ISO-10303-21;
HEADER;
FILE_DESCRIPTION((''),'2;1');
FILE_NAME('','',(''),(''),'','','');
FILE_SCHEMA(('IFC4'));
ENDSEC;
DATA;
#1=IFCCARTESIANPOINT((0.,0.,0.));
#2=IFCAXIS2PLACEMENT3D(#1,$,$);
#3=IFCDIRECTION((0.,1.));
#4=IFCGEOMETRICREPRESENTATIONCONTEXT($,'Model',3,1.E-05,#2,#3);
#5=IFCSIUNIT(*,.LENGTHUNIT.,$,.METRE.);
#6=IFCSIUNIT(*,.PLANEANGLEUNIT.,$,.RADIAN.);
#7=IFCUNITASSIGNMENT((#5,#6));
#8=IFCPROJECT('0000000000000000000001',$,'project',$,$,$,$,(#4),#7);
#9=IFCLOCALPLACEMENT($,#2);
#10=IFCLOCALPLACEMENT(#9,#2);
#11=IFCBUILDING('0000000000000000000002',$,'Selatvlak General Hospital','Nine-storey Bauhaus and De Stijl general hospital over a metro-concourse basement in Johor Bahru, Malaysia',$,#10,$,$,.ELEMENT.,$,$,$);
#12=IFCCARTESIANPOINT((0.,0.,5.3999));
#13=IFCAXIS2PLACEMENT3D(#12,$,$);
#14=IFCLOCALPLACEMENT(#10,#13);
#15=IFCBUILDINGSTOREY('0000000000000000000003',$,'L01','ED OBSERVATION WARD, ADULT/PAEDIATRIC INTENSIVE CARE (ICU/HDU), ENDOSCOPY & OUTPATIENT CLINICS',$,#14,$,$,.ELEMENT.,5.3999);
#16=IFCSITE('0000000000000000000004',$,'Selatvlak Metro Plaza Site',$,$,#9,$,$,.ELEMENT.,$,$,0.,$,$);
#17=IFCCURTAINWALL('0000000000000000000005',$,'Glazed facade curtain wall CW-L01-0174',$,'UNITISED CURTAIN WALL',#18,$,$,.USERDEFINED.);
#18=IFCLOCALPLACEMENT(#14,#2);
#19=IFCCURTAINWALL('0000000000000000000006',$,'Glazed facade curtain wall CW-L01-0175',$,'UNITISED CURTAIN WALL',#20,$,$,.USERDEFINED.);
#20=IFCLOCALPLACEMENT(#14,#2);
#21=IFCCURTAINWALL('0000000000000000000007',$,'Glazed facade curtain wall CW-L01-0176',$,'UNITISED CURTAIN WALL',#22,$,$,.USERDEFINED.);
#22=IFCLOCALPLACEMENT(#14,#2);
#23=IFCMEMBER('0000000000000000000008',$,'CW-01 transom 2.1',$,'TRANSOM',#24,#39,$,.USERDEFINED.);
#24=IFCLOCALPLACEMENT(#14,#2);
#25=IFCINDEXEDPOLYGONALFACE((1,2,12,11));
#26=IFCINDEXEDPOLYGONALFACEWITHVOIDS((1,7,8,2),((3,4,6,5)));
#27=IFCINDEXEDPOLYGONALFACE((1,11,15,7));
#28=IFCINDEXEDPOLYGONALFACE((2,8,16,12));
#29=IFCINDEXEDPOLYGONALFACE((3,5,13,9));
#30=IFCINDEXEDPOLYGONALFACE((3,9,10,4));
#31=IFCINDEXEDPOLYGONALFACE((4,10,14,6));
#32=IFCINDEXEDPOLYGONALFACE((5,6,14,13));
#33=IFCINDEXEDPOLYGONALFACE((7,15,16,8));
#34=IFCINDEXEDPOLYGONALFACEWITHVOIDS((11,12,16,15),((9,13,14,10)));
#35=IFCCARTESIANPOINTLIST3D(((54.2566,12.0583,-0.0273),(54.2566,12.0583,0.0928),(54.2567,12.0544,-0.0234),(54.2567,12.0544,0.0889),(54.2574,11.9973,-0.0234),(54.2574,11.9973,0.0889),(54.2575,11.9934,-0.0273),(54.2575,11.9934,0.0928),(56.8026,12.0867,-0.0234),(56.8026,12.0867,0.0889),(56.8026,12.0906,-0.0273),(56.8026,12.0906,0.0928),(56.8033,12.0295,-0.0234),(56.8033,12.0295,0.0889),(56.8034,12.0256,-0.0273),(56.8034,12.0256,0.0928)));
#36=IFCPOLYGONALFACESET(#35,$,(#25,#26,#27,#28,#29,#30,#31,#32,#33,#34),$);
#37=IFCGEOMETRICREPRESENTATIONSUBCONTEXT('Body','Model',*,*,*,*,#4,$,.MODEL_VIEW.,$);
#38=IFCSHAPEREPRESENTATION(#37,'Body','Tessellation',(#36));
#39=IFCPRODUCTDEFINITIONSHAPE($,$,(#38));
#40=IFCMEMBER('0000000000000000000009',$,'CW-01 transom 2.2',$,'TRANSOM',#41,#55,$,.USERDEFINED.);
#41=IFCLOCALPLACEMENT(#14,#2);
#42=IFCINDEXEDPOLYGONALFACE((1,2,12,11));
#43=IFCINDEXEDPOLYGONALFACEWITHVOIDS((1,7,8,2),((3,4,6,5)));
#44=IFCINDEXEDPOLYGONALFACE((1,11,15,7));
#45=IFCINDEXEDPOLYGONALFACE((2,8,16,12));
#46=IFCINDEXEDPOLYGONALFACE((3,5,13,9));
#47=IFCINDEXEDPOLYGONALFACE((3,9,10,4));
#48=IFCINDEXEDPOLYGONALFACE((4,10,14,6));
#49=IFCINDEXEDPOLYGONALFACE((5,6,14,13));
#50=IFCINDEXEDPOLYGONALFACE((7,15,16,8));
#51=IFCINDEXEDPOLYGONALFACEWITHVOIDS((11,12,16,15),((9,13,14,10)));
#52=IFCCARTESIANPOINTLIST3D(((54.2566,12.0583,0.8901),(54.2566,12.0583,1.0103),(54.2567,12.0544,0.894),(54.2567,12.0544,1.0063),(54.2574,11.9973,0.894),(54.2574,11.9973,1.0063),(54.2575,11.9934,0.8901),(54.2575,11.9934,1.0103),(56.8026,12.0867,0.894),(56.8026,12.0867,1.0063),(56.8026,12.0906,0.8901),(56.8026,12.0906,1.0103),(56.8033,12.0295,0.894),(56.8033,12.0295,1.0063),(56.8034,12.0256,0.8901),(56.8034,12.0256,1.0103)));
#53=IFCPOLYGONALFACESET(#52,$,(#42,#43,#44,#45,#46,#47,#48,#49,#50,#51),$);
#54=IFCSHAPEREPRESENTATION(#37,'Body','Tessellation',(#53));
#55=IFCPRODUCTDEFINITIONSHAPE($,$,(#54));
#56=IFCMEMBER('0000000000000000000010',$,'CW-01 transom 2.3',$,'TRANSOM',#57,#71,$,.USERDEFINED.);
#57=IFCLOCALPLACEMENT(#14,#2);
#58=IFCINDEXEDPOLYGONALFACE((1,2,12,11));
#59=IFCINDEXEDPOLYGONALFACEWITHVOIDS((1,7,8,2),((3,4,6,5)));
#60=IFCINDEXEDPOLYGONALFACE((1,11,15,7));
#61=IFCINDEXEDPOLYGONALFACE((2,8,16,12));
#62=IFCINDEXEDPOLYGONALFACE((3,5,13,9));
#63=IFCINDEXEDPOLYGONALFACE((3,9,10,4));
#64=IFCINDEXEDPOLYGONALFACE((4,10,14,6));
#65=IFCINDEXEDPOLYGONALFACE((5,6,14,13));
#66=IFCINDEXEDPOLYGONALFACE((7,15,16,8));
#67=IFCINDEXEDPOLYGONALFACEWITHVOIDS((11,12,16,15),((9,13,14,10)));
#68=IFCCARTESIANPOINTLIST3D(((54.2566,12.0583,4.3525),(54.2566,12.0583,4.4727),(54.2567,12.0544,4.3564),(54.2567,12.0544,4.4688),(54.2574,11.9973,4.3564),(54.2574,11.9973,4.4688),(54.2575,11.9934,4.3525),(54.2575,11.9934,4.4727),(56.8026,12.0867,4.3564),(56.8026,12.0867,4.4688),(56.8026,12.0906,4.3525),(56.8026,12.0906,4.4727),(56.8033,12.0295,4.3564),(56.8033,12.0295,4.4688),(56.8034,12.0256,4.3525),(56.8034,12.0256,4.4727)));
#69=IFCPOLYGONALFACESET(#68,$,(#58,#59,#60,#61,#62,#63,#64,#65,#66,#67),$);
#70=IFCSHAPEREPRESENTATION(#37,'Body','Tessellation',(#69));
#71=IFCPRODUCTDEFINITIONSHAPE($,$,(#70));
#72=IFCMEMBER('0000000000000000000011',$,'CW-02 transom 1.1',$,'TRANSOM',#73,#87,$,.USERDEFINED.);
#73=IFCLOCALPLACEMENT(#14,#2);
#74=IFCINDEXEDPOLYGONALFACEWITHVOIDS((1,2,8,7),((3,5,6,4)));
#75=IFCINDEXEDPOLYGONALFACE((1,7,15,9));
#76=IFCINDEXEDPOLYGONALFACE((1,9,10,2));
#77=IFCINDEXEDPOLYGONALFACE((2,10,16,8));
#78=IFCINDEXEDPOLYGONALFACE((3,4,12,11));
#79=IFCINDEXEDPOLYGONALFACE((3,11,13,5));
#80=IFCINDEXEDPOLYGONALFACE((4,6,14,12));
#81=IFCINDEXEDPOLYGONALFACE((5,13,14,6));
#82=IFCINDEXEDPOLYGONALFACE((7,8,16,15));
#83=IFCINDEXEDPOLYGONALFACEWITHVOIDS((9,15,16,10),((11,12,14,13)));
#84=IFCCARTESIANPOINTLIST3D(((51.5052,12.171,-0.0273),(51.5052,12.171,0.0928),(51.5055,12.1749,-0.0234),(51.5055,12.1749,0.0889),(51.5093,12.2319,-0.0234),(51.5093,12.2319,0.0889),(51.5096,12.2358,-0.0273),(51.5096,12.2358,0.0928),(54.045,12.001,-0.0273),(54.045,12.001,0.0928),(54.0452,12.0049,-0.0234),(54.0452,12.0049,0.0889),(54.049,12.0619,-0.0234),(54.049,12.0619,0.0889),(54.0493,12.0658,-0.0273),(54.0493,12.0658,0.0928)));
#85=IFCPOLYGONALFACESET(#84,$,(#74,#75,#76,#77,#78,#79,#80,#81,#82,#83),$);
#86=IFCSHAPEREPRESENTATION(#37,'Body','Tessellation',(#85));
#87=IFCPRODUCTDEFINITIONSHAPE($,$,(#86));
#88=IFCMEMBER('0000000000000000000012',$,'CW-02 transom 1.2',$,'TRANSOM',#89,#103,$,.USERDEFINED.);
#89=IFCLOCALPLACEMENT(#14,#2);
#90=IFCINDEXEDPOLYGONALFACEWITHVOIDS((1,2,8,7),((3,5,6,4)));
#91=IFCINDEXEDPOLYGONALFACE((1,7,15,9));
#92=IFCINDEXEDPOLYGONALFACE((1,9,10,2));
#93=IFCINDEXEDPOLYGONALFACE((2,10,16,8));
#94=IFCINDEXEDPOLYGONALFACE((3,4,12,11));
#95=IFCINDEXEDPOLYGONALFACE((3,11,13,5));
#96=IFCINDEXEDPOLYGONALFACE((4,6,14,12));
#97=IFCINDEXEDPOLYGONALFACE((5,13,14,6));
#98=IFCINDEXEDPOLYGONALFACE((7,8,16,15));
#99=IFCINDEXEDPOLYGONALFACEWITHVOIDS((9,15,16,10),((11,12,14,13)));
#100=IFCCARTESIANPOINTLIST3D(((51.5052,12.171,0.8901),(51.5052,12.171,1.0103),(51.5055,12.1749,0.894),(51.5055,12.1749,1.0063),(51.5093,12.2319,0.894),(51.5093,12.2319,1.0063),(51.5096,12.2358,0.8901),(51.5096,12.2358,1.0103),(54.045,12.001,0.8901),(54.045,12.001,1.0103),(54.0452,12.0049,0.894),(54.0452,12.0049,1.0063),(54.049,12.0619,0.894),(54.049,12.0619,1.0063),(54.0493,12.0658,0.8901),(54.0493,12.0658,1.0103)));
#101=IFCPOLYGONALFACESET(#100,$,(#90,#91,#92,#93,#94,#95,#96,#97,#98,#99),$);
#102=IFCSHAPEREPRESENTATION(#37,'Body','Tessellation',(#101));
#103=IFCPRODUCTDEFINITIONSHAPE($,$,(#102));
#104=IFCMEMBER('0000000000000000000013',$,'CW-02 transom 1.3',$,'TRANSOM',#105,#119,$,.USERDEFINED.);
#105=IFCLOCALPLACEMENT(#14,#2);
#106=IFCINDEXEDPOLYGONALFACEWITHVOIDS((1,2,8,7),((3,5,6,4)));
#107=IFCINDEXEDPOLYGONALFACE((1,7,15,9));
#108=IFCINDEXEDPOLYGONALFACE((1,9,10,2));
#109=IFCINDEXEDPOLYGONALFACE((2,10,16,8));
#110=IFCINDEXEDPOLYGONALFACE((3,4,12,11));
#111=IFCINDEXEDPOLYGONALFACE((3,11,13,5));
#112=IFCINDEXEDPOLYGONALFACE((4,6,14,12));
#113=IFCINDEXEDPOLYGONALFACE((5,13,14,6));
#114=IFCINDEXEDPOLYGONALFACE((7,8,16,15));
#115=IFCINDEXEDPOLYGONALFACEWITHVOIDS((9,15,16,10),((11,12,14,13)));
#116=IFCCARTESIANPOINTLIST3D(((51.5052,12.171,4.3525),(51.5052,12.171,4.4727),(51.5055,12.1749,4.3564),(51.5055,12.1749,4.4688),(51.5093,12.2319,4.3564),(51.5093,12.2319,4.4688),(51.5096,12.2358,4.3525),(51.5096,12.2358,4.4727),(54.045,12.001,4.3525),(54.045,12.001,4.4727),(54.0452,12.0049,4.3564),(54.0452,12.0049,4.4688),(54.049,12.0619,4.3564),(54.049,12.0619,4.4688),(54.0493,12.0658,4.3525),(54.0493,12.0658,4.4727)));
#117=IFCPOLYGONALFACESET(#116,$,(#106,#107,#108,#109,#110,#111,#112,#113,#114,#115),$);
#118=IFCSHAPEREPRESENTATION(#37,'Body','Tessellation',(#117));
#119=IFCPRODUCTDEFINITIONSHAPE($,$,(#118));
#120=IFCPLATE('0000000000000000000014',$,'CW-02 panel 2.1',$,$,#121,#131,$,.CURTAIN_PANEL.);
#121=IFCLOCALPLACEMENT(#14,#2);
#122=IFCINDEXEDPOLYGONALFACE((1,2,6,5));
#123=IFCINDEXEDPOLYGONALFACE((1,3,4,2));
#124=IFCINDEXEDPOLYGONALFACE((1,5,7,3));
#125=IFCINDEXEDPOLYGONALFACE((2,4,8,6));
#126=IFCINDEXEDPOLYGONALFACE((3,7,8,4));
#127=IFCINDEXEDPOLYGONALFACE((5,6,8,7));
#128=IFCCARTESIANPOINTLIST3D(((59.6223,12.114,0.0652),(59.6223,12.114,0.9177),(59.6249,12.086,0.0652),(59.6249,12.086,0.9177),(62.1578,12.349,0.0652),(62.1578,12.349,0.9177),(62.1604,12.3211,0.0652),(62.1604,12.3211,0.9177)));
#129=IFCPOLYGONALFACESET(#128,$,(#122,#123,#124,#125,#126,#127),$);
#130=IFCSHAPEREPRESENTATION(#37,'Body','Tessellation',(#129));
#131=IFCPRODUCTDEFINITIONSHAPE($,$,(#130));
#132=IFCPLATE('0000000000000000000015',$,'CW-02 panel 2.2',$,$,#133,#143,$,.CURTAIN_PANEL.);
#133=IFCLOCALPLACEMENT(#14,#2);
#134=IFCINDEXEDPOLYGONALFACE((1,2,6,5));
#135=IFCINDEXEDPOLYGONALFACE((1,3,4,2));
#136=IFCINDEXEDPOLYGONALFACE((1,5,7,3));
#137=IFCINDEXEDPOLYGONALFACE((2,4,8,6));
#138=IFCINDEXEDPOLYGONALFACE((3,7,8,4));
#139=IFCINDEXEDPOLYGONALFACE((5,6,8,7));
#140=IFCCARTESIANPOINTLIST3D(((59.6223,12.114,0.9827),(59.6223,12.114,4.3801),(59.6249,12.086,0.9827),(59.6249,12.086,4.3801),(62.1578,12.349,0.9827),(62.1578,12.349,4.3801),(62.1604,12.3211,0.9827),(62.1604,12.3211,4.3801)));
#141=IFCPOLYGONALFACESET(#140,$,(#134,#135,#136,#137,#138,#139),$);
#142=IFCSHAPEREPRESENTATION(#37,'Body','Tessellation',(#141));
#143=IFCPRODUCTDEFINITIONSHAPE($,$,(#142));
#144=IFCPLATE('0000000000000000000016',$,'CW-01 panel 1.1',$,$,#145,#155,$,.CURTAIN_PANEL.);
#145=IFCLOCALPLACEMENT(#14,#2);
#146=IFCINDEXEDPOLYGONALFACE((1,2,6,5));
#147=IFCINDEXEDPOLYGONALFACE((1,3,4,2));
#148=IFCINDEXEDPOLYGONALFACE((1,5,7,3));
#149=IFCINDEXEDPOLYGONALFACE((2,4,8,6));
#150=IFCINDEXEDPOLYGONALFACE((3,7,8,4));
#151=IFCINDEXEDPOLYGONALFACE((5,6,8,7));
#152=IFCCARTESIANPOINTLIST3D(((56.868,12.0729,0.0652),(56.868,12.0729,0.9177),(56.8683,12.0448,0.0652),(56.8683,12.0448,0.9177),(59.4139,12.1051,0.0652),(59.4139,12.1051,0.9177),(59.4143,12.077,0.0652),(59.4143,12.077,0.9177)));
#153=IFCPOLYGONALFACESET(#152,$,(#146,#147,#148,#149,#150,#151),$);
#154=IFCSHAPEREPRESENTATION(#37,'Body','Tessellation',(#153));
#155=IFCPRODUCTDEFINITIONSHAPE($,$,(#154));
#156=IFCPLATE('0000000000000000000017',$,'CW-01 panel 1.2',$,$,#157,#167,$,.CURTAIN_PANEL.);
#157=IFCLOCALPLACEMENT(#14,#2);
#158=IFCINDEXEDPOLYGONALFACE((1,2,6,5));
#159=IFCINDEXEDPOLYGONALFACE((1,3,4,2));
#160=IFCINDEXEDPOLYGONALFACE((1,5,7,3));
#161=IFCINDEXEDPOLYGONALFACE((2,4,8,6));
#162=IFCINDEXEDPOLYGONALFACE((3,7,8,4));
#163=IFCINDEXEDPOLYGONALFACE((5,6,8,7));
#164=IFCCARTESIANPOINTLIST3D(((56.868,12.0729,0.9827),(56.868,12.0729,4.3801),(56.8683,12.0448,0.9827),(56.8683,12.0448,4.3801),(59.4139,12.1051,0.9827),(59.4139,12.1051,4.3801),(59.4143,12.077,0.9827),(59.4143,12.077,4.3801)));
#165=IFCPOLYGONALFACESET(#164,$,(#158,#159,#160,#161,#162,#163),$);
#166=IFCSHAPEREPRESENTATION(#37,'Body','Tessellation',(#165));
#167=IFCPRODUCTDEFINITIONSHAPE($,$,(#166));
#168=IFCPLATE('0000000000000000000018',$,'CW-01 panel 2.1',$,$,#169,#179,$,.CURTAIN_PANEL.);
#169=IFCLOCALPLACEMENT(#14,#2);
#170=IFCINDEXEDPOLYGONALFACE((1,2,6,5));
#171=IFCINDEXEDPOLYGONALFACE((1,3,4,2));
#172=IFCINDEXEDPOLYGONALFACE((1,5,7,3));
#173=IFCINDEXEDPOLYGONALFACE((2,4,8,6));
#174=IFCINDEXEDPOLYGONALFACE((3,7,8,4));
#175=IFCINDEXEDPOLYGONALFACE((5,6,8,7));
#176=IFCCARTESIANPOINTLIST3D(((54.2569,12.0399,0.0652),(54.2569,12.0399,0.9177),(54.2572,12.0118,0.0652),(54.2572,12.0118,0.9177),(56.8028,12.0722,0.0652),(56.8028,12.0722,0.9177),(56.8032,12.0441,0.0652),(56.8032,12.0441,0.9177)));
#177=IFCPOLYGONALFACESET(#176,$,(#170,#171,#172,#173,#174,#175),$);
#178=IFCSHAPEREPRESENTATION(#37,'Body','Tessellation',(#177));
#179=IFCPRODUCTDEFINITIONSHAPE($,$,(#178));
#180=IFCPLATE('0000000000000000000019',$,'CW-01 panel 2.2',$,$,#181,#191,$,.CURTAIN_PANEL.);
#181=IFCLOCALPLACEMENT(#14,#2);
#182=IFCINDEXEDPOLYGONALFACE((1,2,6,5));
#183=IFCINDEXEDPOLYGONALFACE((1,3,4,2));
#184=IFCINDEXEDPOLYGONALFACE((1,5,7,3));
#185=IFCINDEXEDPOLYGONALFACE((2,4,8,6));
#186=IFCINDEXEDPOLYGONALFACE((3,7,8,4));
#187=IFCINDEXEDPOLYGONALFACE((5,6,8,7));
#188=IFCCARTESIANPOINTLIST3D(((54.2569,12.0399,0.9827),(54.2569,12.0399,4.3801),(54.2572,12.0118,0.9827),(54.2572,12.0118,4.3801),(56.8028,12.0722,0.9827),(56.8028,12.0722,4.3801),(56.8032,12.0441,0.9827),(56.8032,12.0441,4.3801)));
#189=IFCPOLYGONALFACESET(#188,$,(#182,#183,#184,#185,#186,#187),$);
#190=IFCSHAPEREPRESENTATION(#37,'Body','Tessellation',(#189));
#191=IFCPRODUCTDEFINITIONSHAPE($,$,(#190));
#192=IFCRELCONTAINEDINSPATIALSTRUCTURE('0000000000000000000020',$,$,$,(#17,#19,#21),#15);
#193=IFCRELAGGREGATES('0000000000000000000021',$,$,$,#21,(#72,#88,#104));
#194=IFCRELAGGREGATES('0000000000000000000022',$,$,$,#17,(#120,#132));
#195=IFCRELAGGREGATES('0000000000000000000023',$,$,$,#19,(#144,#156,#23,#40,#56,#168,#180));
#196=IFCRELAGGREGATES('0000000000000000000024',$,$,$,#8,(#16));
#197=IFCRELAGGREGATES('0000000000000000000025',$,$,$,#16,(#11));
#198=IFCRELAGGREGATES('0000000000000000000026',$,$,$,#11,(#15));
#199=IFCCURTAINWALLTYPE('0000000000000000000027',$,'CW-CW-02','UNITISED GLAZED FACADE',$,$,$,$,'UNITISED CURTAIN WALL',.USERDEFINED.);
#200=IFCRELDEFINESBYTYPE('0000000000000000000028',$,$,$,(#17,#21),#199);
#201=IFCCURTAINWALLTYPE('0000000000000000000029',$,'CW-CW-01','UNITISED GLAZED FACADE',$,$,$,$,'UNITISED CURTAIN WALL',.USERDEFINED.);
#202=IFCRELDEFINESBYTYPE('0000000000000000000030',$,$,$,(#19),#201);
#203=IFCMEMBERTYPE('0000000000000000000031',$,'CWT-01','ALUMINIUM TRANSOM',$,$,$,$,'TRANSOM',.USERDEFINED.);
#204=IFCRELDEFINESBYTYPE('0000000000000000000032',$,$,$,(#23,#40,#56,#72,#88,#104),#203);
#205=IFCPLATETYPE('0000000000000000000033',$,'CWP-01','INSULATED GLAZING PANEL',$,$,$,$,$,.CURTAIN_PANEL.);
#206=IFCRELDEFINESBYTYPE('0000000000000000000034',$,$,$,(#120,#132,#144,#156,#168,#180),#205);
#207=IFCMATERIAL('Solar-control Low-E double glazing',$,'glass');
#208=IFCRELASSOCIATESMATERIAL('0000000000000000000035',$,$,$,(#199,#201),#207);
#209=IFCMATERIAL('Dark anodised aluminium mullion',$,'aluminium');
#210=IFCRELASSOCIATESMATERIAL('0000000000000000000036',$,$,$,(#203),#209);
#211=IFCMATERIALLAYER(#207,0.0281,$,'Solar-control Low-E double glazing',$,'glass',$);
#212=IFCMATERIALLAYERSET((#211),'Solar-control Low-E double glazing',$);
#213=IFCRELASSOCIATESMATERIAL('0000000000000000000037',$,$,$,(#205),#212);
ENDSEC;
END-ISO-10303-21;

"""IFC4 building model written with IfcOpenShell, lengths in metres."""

from ifc_helpers import new_model, si_unit, direction, frame, origin, origin_2d, place, context, subcontext, project, spatial, rectangle, hollow_rectangle, extrude, material, layer, layer_set, material_profile, profile_set, type_object, element, aggregate, save


model = new_model("IFC4")

# Units and contexts
model_context = context("Model", 3, precision=1e-05, world=origin(), true_north=direction((0.0, 1.0)))
body_context = subcontext(model_context, "Body", "Model", "MODEL_VIEW")
ifc_project = project(units=[si_unit("LENGTHUNIT", "METRE"), si_unit("PLANEANGLEUNIT", "RADIAN")], contexts=[model_context])

# Site, building, storey
site_placement = place(None, origin())
site = spatial("IfcSite", under=ifc_project, at=site_placement, Name="Selatvlak Metro Plaza Site", CompositionType="ELEMENT", RefElevation=0.0)
building_placement = place(site_placement, origin())
building = spatial("IfcBuilding", under=site, at=building_placement, Name="Selatvlak General Hospital", Description="Nine-storey Bauhaus and De Stijl general hospital over a metro-concourse basement in Johor Bahru, Malaysia", CompositionType="ELEMENT")
storey_placement = place(building_placement, frame((0.0, 0.0, 5.3999)))
storey = spatial("IfcBuildingStorey", under=building, at=storey_placement, Name="L01", Description="ED OBSERVATION WARD, ADULT/PAEDIATRIC INTENSIVE CARE (ICU/HDU), ENDOSCOPY & OUTPATIENT CLINICS", CompositionType="ELEMENT", Elevation=5.3999)

# Curtain wall
ifc_material_1 = material(Name="Solar-control Low-E double glazing", Category="glass")
curtain_wall_type_1 = type_object("IfcCurtainWallType", Name="CW-CW-02", Description="UNITISED GLAZED FACADE", ElementType="UNITISED CURTAIN WALL", PredefinedType="USERDEFINED", material=ifc_material_1)
curtain_wall_1_placement = place(storey_placement, origin())
curtain_wall_1 = element("IfcCurtainWall", 1, at=curtain_wall_1_placement, inside=storey, type_object=curtain_wall_type_1, Name="Glazed facade curtain wall CW-L01-0174", ObjectType="UNITISED CURTAIN WALL", PredefinedType="USERDEFINED")
ifc_material_2 = material(Name="Dark anodised aluminium mullion", Category="aluminium")

# Curtain wall
curtain_wall_type_2 = type_object("IfcCurtainWallType", Name="CW-CW-01", Description="UNITISED GLAZED FACADE", ElementType="UNITISED CURTAIN WALL", PredefinedType="USERDEFINED", material=ifc_material_1)
curtain_wall_2_placement = place(storey_placement, origin())
curtain_wall_2 = element("IfcCurtainWall", 2, at=curtain_wall_2_placement, inside=storey, type_object=curtain_wall_type_2, Name="Glazed facade curtain wall CW-L01-0175", ObjectType="UNITISED CURTAIN WALL", PredefinedType="USERDEFINED")

# Curtain wall
curtain_wall_3_placement = place(storey_placement, origin())
curtain_wall_3 = element("IfcCurtainWall", 3, at=curtain_wall_3_placement, inside=storey, type_object=curtain_wall_type_1, Name="Glazed facade curtain wall CW-L01-0176", ObjectType="UNITISED CURTAIN WALL", PredefinedType="USERDEFINED")

# Members
ifc_material_profile_1 = material_profile(ifc_material_2, hollow_rectangle(XDim=0.0649, YDim=0.1201, WallThickness=0.0039, at=origin_2d()), Name="AL-TRN 65x120x4")
ifc_profile_set_1 = profile_set([ifc_material_profile_1], Name="Dark anodised aluminium mullion")
member_type_1 = type_object("IfcMemberType", Name="CWT-01", Description="ALUMINIUM TRANSOM", ElementType="TRANSOM", PredefinedType="USERDEFINED", material=ifc_profile_set_1)
member_1_placement = place(storey_placement, frame((56.803, 12.0581, 0.0327), z_axis=(-0.99992, -0.012657, 0.0), x_axis=(0.012657, -0.99992, 0.0)))
member_1 = element("IfcMember", 4, at=member_1_placement, type_object=member_type_1, Name="CW-01 transom 2.1", ObjectType="TRANSOM", PredefinedType="USERDEFINED", context=body_context, shape_type="SweptSolid", body=[
    extrude(hollow_rectangle(XDim=0.0649, YDim=0.1201, WallThickness=0.0039, at=origin_2d()), origin(), (0.0, 0.0, 1.0), 2.5461),
])
member_2_placement = place(storey_placement, frame((56.803, 12.0581, 0.9502), z_axis=(-0.99992, -0.012657, 0.0), x_axis=(0.012657, -0.99992, 0.0)))
member_2 = element("IfcMember", 5, at=member_2_placement, type_object=member_type_1, Name="CW-01 transom 2.2", ObjectType="TRANSOM", PredefinedType="USERDEFINED", context=body_context, shape_type="SweptSolid", body=[
    extrude(hollow_rectangle(XDim=0.0649, YDim=0.1201, WallThickness=0.0039, at=origin_2d()), origin(), (0.0, 0.0, 1.0), 2.5461),
])
member_3_placement = place(storey_placement, frame((56.803, 12.0581, 4.4126), z_axis=(-0.99992, -0.012657, 0.0), x_axis=(0.012657, -0.99992, 0.0)))
member_3 = element("IfcMember", 6, at=member_3_placement, type_object=member_type_1, Name="CW-01 transom 2.3", ObjectType="TRANSOM", PredefinedType="USERDEFINED", context=body_context, shape_type="SweptSolid", body=[
    extrude(hollow_rectangle(XDim=0.0649, YDim=0.1201, WallThickness=0.0039, at=origin_2d()), origin(), (0.0, 0.0, 1.0), 2.5461),
])
member_4_placement = place(storey_placement, frame((54.0471, 12.0334, 0.0327), z_axis=(-0.997769, 0.066755, 0.0), x_axis=(-0.066755, -0.997769, 0.0)))
member_4 = element("IfcMember", 7, at=member_4_placement, type_object=member_type_1, Name="CW-02 transom 1.1", ObjectType="TRANSOM", PredefinedType="USERDEFINED", context=body_context, shape_type="SweptSolid", body=[
    extrude(hollow_rectangle(XDim=0.0649, YDim=0.1201, WallThickness=0.0039, at=origin_2d()), origin(), (0.0, 0.0, 1.0), 2.5454),
])
member_5_placement = place(storey_placement, frame((54.0471, 12.0334, 0.9502), z_axis=(-0.997769, 0.066755, 0.0), x_axis=(-0.066755, -0.997769, 0.0)))
member_5 = element("IfcMember", 8, at=member_5_placement, type_object=member_type_1, Name="CW-02 transom 1.2", ObjectType="TRANSOM", PredefinedType="USERDEFINED", context=body_context, shape_type="SweptSolid", body=[
    extrude(hollow_rectangle(XDim=0.0649, YDim=0.1201, WallThickness=0.0039, at=origin_2d()), origin(), (0.0, 0.0, 1.0), 2.5454),
])
member_6_placement = place(storey_placement, frame((54.0471, 12.0334, 4.4126), z_axis=(-0.997769, 0.066755, 0.0), x_axis=(-0.066755, -0.997769, 0.0)))
member_6 = element("IfcMember", 9, at=member_6_placement, type_object=member_type_1, Name="CW-02 transom 1.3", ObjectType="TRANSOM", PredefinedType="USERDEFINED", context=body_context, shape_type="SweptSolid", body=[
    extrude(hollow_rectangle(XDim=0.0649, YDim=0.1201, WallThickness=0.0039, at=origin_2d()), origin(), (0.0, 0.0, 1.0), 2.5454),
])
aggregate(curtain_wall_3, [member_4, member_5, member_6])

# Plates
ifc_layer_1 = layer(ifc_material_1, 0.0281, Name="Solar-control Low-E double glazing", Category="glass")
ifc_layer_set_1 = layer_set([ifc_layer_1], Name="Solar-control Low-E double glazing")
plate_type = type_object("IfcPlateType", Name="CWP-01", Description="INSULATED GLAZING PANEL", PredefinedType="CURTAIN_PANEL", material=ifc_layer_set_1)
plate_1_placement = place(storey_placement, frame((60.8914, 12.2175, 0.0652), z_axis=(0.0, 0.0, 1.0), x_axis=(-0.995732, -0.092292, 0.0)))
plate_1 = element("IfcPlate", 10, at=plate_1_placement, type_object=plate_type, Name="CW-02 panel 2.1", PredefinedType="CURTAIN_PANEL", context=body_context, shape_type="SweptSolid", body=[
    extrude(rectangle(XDim=2.5464, YDim=0.0281, at=origin_2d()), origin(), (0.0, 0.0, 1.0), 0.8525),
])
plate_2_placement = place(storey_placement, frame((60.8914, 12.2175, 0.9827), z_axis=(0.0, 0.0, 1.0), x_axis=(-0.995732, -0.092292, 0.0)))
plate_2 = element("IfcPlate", 11, at=plate_2_placement, type_object=plate_type, Name="CW-02 panel 2.2", PredefinedType="CURTAIN_PANEL", context=body_context, shape_type="SweptSolid", body=[
    extrude(rectangle(XDim=2.5464, YDim=0.0281, at=origin_2d()), origin(), (0.0, 0.0, 1.0), 3.3975),
])
aggregate(curtain_wall_1, [plate_1, plate_2])
plate_3_placement = place(storey_placement, frame((58.1411, 12.075, 0.0652), z_axis=(0.0, 0.0, 1.0), x_axis=(-0.99992, -0.012672, 0.0)))
plate_3 = element("IfcPlate", 12, at=plate_3_placement, type_object=plate_type, Name="CW-01 panel 1.1", PredefinedType="CURTAIN_PANEL", context=body_context, shape_type="SweptSolid", body=[
    extrude(rectangle(XDim=2.5461, YDim=0.0281, at=origin_2d()), origin(), (0.0, 0.0, 1.0), 0.8525),
])
plate_4_placement = place(storey_placement, frame((58.1411, 12.075, 0.9827), z_axis=(0.0, 0.0, 1.0), x_axis=(-0.99992, -0.012672, 0.0)))
plate_4 = element("IfcPlate", 13, at=plate_4_placement, type_object=plate_type, Name="CW-01 panel 1.2", PredefinedType="CURTAIN_PANEL", context=body_context, shape_type="SweptSolid", body=[
    extrude(rectangle(XDim=2.5461, YDim=0.0281, at=origin_2d()), origin(), (0.0, 0.0, 1.0), 3.3975),
])
plate_5_placement = place(storey_placement, frame((55.53, 12.042, 0.0652), z_axis=(0.0, 0.0, 1.0), x_axis=(-0.99992, -0.012672, 0.0)))
plate_5 = element("IfcPlate", 14, at=plate_5_placement, type_object=plate_type, Name="CW-01 panel 2.1", PredefinedType="CURTAIN_PANEL", context=body_context, shape_type="SweptSolid", body=[
    extrude(rectangle(XDim=2.5461, YDim=0.0281, at=origin_2d()), origin(), (0.0, 0.0, 1.0), 0.8525),
])
plate_6_placement = place(storey_placement, frame((55.53, 12.042, 0.9827), z_axis=(0.0, 0.0, 1.0), x_axis=(-0.99992, -0.012672, 0.0)))
plate_6 = element("IfcPlate", 15, at=plate_6_placement, type_object=plate_type, Name="CW-01 panel 2.2", PredefinedType="CURTAIN_PANEL", context=body_context, shape_type="SweptSolid", body=[
    extrude(rectangle(XDim=2.5461, YDim=0.0281, at=origin_2d()), origin(), (0.0, 0.0, 1.0), 3.3975),
])
aggregate(curtain_wall_2, [plate_3, plate_4, member_1, member_2, member_3, plate_5, plate_6])

save(model, "model.ifc")
